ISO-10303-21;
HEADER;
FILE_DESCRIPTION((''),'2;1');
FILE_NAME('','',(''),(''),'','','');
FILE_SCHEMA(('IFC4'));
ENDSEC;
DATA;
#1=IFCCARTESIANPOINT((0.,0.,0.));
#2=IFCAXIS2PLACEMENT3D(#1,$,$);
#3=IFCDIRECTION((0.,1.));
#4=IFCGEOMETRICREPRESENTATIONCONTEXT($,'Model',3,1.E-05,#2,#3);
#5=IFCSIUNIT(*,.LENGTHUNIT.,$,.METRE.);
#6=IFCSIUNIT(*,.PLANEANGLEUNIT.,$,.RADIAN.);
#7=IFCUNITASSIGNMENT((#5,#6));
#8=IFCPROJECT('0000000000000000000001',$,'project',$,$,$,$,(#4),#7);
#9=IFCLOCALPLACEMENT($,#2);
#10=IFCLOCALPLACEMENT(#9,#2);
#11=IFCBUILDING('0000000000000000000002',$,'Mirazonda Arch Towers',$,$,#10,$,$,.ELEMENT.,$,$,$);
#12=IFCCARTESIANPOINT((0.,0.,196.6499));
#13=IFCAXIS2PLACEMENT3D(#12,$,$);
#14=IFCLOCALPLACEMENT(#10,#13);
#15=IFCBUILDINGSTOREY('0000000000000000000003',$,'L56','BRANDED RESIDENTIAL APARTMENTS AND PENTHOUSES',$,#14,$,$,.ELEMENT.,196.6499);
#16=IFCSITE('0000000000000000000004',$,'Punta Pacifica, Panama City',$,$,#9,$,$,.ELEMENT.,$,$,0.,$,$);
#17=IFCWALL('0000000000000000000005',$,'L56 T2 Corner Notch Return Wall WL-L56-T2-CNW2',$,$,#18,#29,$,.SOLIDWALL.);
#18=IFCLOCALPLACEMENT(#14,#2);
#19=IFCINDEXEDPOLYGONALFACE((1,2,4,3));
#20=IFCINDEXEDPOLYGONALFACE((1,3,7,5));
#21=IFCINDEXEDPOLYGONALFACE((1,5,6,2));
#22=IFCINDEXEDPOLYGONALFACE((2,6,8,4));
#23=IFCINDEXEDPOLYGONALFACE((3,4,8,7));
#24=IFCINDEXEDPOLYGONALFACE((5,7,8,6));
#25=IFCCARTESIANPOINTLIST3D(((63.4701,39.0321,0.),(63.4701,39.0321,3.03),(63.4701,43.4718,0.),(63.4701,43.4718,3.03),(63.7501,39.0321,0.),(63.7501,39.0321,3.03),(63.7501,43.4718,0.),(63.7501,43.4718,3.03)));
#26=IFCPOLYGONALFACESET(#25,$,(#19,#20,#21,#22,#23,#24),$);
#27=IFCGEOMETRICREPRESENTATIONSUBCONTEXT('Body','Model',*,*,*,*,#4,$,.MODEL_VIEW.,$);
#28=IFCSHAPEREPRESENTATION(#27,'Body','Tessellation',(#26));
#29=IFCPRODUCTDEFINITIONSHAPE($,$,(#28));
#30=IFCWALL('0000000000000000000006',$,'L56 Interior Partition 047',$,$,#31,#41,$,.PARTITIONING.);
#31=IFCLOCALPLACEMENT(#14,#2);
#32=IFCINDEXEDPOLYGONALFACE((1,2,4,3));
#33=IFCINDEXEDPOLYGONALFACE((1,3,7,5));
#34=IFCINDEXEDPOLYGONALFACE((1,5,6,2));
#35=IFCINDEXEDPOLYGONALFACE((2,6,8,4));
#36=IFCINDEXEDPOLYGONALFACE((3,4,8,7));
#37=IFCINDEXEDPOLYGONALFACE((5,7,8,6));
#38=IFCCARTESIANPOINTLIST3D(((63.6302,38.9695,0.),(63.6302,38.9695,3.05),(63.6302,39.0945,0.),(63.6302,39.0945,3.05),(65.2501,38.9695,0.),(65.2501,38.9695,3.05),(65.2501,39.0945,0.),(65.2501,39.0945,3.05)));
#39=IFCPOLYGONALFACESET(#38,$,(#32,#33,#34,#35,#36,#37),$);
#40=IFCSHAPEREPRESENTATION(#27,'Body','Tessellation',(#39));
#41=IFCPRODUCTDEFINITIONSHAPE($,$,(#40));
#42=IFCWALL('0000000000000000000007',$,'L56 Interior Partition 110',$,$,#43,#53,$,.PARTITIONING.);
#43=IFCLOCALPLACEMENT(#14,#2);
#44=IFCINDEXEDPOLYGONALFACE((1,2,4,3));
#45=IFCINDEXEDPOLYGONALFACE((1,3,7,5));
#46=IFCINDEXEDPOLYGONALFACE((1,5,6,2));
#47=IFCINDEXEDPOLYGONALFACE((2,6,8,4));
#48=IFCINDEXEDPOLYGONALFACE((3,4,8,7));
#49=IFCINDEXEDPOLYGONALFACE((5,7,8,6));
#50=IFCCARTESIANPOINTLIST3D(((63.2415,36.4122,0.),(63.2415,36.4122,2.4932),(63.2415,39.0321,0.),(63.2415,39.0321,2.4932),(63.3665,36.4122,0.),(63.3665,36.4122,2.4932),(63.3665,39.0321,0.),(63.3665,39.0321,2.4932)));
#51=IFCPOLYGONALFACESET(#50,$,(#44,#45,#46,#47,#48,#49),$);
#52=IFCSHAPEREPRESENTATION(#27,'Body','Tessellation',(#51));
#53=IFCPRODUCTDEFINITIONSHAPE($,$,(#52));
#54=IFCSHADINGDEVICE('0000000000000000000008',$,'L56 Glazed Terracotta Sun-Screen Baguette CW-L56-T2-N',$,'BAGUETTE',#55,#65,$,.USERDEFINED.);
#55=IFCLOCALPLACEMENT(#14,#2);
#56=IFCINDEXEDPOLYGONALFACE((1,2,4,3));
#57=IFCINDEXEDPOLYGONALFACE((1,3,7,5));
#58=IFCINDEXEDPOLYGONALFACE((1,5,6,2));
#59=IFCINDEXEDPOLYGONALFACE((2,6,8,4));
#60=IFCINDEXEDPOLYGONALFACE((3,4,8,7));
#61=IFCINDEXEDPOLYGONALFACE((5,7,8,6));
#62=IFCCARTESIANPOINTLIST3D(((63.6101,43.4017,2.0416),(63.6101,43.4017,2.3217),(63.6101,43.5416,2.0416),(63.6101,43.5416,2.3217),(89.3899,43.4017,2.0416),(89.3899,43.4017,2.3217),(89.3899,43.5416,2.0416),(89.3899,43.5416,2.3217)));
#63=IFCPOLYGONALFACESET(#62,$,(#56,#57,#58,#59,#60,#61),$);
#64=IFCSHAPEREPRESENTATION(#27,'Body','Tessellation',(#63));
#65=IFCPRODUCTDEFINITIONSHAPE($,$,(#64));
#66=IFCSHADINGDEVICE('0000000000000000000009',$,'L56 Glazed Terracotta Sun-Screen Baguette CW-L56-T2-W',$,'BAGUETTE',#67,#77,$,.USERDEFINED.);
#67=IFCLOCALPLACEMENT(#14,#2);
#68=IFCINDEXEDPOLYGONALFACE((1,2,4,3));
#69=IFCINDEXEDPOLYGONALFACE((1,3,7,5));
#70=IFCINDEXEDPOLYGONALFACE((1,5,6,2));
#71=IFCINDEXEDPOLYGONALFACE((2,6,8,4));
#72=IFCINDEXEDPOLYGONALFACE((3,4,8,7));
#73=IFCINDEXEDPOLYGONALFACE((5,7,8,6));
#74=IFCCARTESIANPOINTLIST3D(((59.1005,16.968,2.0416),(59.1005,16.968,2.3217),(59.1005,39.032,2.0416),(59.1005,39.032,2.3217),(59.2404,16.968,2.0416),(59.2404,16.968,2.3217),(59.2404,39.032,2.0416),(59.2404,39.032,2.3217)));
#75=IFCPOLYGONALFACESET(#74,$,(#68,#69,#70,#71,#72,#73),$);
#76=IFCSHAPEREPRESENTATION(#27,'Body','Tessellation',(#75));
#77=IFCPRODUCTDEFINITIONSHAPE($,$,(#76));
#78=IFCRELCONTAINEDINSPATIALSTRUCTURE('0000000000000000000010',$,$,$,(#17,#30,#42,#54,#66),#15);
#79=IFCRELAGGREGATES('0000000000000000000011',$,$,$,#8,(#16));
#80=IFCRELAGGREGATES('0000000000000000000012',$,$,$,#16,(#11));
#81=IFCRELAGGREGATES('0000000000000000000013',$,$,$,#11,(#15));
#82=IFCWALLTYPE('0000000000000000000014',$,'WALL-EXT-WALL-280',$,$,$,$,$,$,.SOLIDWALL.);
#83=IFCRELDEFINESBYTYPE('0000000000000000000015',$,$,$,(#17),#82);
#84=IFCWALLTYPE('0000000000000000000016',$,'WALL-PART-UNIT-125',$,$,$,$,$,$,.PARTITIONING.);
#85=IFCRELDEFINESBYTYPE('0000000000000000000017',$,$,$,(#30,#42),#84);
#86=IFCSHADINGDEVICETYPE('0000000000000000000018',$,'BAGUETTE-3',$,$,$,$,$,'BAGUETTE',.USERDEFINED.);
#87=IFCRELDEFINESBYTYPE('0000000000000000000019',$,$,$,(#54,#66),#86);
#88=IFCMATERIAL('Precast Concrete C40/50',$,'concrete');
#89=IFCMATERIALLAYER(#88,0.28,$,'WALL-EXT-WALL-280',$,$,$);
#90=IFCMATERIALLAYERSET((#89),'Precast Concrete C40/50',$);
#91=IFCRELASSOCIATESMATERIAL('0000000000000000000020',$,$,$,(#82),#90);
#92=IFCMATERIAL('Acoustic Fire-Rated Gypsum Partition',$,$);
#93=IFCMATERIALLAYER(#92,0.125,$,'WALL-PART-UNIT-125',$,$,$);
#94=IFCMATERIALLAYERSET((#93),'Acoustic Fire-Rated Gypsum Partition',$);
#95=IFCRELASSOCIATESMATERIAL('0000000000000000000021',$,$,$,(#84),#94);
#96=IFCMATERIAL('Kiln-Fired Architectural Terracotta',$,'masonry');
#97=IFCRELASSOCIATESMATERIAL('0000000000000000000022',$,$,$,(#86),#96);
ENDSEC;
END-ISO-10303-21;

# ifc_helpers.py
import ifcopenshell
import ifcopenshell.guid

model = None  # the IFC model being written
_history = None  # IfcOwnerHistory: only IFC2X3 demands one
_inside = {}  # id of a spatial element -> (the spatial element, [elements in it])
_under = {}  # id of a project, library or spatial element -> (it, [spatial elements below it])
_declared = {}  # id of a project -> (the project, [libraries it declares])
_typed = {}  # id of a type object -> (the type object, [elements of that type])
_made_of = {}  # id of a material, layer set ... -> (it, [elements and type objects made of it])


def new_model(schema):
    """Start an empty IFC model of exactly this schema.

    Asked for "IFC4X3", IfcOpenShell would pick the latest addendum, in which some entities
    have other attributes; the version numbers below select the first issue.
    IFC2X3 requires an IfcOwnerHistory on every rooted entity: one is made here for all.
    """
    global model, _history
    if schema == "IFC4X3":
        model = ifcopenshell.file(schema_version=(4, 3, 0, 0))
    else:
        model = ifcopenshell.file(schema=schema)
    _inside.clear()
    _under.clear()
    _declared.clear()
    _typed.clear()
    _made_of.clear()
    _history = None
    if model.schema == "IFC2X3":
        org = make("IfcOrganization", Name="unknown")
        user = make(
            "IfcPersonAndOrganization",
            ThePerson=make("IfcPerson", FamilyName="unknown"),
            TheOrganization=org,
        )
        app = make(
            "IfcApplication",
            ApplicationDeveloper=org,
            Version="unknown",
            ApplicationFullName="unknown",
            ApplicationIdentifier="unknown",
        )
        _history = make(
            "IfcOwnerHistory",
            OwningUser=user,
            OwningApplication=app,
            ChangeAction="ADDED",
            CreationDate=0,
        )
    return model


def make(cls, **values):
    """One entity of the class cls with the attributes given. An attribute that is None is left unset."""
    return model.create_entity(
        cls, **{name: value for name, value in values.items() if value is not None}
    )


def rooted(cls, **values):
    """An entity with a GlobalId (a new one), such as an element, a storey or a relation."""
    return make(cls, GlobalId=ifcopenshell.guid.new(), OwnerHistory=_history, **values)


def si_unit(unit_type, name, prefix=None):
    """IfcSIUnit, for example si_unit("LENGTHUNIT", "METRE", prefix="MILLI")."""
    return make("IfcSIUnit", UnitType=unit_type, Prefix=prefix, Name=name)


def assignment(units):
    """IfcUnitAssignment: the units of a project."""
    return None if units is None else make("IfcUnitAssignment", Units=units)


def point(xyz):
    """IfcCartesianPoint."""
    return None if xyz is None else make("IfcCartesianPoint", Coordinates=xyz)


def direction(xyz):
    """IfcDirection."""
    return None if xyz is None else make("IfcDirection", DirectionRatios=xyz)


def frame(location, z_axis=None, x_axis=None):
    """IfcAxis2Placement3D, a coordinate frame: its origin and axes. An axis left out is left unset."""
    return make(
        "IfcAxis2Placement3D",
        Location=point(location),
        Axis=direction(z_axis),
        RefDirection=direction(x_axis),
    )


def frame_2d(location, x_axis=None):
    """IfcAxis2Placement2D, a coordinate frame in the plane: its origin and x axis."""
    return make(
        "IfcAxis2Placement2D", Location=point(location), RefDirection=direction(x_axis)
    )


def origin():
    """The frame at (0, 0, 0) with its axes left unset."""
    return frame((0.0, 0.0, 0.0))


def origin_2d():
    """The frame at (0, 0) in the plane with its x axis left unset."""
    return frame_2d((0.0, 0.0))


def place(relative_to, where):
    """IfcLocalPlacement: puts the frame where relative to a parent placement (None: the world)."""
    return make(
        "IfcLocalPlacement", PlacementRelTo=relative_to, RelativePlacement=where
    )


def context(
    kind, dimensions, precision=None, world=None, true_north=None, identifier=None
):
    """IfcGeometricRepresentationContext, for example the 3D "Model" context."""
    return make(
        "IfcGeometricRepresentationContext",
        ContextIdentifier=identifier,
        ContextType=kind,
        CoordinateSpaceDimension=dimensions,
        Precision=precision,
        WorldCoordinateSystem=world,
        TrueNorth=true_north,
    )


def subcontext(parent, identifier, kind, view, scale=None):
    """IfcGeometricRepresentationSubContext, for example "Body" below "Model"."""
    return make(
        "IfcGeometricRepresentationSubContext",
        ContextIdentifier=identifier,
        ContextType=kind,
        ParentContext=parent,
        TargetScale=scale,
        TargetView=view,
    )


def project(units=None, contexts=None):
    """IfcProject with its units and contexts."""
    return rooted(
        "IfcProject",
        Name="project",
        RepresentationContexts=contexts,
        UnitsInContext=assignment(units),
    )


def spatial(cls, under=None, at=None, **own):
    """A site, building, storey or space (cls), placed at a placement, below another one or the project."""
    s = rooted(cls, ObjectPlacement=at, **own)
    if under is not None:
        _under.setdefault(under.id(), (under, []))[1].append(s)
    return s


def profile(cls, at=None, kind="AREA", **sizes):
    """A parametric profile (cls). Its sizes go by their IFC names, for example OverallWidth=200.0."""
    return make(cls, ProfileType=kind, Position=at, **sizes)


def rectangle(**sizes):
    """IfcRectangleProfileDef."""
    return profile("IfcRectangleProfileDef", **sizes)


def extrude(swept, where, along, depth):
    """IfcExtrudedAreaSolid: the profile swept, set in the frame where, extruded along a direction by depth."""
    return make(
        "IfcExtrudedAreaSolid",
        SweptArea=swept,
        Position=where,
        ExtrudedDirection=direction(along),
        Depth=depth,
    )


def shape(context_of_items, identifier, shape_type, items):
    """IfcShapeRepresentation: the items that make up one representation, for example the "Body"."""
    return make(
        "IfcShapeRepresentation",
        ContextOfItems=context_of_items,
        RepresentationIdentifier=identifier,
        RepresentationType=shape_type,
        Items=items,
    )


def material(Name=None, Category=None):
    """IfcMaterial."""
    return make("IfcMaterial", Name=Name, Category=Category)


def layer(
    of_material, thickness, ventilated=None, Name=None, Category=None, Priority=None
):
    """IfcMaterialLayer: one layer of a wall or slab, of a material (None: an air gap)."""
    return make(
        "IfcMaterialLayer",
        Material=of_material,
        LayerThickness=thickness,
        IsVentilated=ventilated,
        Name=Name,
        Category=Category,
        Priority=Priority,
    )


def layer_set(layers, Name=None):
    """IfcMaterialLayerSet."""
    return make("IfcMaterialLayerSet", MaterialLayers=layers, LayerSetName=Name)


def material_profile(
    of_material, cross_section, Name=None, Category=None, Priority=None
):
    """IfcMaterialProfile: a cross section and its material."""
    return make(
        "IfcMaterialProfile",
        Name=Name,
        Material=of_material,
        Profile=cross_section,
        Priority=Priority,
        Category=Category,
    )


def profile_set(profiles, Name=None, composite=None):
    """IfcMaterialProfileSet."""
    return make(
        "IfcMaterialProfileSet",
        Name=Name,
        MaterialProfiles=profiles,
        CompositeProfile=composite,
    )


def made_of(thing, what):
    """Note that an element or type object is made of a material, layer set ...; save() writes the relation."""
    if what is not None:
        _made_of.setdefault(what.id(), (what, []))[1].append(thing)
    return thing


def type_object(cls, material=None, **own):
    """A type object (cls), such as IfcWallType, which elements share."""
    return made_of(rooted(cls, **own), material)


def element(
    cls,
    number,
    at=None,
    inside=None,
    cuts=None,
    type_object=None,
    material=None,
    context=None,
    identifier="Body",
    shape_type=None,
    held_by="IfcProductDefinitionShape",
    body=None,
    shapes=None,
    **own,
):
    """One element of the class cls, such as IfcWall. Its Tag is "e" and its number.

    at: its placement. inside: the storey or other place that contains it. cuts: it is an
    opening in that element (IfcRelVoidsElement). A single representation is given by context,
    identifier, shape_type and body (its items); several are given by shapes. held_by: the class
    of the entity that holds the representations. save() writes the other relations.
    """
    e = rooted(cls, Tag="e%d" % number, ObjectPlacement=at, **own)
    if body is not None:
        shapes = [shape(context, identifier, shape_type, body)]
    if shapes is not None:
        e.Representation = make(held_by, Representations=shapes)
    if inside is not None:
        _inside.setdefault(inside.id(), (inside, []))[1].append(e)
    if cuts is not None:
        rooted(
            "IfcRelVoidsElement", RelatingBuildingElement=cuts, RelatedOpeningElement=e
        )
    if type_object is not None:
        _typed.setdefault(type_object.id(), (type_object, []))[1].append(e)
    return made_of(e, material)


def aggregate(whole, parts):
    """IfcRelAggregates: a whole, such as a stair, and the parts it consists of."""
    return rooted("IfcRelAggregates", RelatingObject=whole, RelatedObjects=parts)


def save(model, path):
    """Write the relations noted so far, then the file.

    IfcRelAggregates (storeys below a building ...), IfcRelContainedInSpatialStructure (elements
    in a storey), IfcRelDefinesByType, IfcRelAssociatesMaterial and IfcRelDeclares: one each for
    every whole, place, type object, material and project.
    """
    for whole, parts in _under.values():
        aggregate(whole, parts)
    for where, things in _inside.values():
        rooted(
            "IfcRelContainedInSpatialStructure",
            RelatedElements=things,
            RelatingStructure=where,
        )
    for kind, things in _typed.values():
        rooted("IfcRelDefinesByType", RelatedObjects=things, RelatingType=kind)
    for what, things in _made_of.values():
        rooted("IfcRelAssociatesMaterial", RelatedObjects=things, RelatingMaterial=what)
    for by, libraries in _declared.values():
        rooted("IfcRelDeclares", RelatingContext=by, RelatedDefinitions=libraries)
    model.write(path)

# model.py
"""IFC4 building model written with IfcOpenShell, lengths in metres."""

from ifc_helpers import new_model, si_unit, direction, frame, frame_2d, origin, origin_2d, place, context, subcontext, project, spatial, rectangle, extrude, material, layer, layer_set, material_profile, profile_set, type_object, element, save


model = new_model("IFC4")

# Units and contexts
model_context = context("Model", 3, precision=1e-05, world=origin(), true_north=direction((0.0, 1.0)))
body_context = subcontext(model_context, "Body", "Model", "MODEL_VIEW")
ifc_project = project(units=[si_unit("LENGTHUNIT", "METRE"), si_unit("PLANEANGLEUNIT", "RADIAN")], contexts=[model_context])

# Site, building, storey
site_placement = place(None, origin())
site = spatial("IfcSite", under=ifc_project, at=site_placement, Name="Punta Pacifica, Panama City", CompositionType="ELEMENT", RefElevation=0.0)
building_placement = place(site_placement, origin())
building = spatial("IfcBuilding", under=site, at=building_placement, Name="Mirazonda Arch Towers", CompositionType="ELEMENT")
storey_placement = place(building_placement, frame((0.0, 0.0, 196.6499)))
storey = spatial("IfcBuildingStorey", under=building, at=storey_placement, Name="L56", Description="BRANDED RESIDENTIAL APARTMENTS AND PENTHOUSES", CompositionType="ELEMENT", Elevation=196.6499)

# Shared definitions
ifc_material_1 = material(Name="Precast Concrete C40/50", Category="concrete")
ifc_layer_1 = layer(ifc_material_1, 0.28, Name="WALL-EXT-WALL-280")
ifc_layer_set_1 = layer_set([ifc_layer_1], Name="Precast Concrete C40/50")
wall_type_1 = type_object("IfcWallType", Name="WALL-EXT-WALL-280", PredefinedType="SOLIDWALL", material=ifc_layer_set_1)

# Wall
wall_1_placement = place(storey_placement, frame((63.6101, 43.4717, 0.0), z_axis=(0.0, 0.0, 1.0), x_axis=(0.0, -1.0, 0.0)))
element("IfcWall", 1, at=wall_1_placement, inside=storey, type_object=wall_type_1, Name="L56 T2 Corner Notch Return Wall WL-L56-T2-CNW2", PredefinedType="SOLIDWALL", context=body_context, shape_type="SweptSolid", body=[
    extrude(rectangle(XDim=4.4397, YDim=0.28, at=frame_2d((2.2197, 0.0))), origin(), (0.0, 0.0, 1.0), 3.03),
])

# Walls
ifc_material_2 = material(Name="Acoustic Fire-Rated Gypsum Partition")
ifc_layer_2 = layer(ifc_material_2, 0.125, Name="WALL-PART-UNIT-125")
ifc_layer_set_2 = layer_set([ifc_layer_2], Name="Acoustic Fire-Rated Gypsum Partition")
wall_type_2 = type_object("IfcWallType", Name="WALL-PART-UNIT-125", PredefinedType="PARTITIONING", material=ifc_layer_set_2)
wall_2_placement = place(storey_placement, frame((63.6301, 39.032, 0.0), z_axis=(0.0, 0.0, 1.0), x_axis=(1.0, 0.0, 0.0)))
element("IfcWall", 2, at=wall_2_placement, inside=storey, type_object=wall_type_2, Name="L56 Interior Partition 047", PredefinedType="PARTITIONING", context=body_context, shape_type="SweptSolid", body=[
    extrude(rectangle(XDim=1.6199, YDim=0.125, at=frame_2d((0.8101, 0.0))), origin(), (0.0, 0.0, 1.0), 3.05),
])
wall_3_placement = place(storey_placement, frame((63.304, 36.4121, 0.0), z_axis=(0.0, 0.0, 1.0), x_axis=(0.0, 1.0, 0.0)))
element("IfcWall", 3, at=wall_3_placement, inside=storey, type_object=wall_type_2, Name="L56 Interior Partition 110", PredefinedType="PARTITIONING", context=body_context, shape_type="SweptSolid", body=[
    extrude(rectangle(XDim=2.6199, YDim=0.125, at=frame_2d((1.3101, 0.0))), origin(), (0.0, 0.0, 1.0), 2.4932),
])

# Shading devices
ifc_material_3 = material(Name="Kiln-Fired Architectural Terracotta", Category="masonry")
ifc_material_profile_1 = material_profile(ifc_material_3, rectangle(XDim=0.1399, YDim=0.28, at=origin_2d()), Name="TERRA-BAG-140x280")
ifc_profile_set_1 = profile_set([ifc_material_profile_1], Name="Kiln-Fired Architectural Terracotta")
shading_device_type = type_object("IfcShadingDeviceType", Name="BAGUETTE-3", ElementType="BAGUETTE", PredefinedType="USERDEFINED", material=ifc_profile_set_1)
shading_device_1_placement = place(storey_placement, frame((63.6101, 43.4717, 2.1816), z_axis=(1.0, 0.0, 0.0), x_axis=(0.0, 1.0, 0.0)))
element("IfcShadingDevice", 4, at=shading_device_1_placement, inside=storey, type_object=shading_device_type, Name="L56 Glazed Terracotta Sun-Screen Baguette CW-L56-T2-N", ObjectType="BAGUETTE", PredefinedType="USERDEFINED", context=body_context, shape_type="SweptSolid", body=[
    extrude(rectangle(XDim=0.1399, YDim=0.28, at=origin_2d()), origin(), (0.0, 0.0, 1.0), 25.7798),
])
shading_device_2_placement = place(storey_placement, frame((59.1704, 39.032, 2.1816), z_axis=(0.0, -1.0, 0.0), x_axis=(1.0, 0.0, 0.0)))
element("IfcShadingDevice", 5, at=shading_device_2_placement, inside=storey, type_object=shading_device_type, Name="L56 Glazed Terracotta Sun-Screen Baguette CW-L56-T2-W", ObjectType="BAGUETTE", PredefinedType="USERDEFINED", context=body_context, shape_type="SweptSolid", body=[
    extrude(rectangle(XDim=0.1399, YDim=0.28, at=origin_2d()), origin(), (0.0, 0.0, 1.0), 22.064),
])

save(model, "model.ifc")
